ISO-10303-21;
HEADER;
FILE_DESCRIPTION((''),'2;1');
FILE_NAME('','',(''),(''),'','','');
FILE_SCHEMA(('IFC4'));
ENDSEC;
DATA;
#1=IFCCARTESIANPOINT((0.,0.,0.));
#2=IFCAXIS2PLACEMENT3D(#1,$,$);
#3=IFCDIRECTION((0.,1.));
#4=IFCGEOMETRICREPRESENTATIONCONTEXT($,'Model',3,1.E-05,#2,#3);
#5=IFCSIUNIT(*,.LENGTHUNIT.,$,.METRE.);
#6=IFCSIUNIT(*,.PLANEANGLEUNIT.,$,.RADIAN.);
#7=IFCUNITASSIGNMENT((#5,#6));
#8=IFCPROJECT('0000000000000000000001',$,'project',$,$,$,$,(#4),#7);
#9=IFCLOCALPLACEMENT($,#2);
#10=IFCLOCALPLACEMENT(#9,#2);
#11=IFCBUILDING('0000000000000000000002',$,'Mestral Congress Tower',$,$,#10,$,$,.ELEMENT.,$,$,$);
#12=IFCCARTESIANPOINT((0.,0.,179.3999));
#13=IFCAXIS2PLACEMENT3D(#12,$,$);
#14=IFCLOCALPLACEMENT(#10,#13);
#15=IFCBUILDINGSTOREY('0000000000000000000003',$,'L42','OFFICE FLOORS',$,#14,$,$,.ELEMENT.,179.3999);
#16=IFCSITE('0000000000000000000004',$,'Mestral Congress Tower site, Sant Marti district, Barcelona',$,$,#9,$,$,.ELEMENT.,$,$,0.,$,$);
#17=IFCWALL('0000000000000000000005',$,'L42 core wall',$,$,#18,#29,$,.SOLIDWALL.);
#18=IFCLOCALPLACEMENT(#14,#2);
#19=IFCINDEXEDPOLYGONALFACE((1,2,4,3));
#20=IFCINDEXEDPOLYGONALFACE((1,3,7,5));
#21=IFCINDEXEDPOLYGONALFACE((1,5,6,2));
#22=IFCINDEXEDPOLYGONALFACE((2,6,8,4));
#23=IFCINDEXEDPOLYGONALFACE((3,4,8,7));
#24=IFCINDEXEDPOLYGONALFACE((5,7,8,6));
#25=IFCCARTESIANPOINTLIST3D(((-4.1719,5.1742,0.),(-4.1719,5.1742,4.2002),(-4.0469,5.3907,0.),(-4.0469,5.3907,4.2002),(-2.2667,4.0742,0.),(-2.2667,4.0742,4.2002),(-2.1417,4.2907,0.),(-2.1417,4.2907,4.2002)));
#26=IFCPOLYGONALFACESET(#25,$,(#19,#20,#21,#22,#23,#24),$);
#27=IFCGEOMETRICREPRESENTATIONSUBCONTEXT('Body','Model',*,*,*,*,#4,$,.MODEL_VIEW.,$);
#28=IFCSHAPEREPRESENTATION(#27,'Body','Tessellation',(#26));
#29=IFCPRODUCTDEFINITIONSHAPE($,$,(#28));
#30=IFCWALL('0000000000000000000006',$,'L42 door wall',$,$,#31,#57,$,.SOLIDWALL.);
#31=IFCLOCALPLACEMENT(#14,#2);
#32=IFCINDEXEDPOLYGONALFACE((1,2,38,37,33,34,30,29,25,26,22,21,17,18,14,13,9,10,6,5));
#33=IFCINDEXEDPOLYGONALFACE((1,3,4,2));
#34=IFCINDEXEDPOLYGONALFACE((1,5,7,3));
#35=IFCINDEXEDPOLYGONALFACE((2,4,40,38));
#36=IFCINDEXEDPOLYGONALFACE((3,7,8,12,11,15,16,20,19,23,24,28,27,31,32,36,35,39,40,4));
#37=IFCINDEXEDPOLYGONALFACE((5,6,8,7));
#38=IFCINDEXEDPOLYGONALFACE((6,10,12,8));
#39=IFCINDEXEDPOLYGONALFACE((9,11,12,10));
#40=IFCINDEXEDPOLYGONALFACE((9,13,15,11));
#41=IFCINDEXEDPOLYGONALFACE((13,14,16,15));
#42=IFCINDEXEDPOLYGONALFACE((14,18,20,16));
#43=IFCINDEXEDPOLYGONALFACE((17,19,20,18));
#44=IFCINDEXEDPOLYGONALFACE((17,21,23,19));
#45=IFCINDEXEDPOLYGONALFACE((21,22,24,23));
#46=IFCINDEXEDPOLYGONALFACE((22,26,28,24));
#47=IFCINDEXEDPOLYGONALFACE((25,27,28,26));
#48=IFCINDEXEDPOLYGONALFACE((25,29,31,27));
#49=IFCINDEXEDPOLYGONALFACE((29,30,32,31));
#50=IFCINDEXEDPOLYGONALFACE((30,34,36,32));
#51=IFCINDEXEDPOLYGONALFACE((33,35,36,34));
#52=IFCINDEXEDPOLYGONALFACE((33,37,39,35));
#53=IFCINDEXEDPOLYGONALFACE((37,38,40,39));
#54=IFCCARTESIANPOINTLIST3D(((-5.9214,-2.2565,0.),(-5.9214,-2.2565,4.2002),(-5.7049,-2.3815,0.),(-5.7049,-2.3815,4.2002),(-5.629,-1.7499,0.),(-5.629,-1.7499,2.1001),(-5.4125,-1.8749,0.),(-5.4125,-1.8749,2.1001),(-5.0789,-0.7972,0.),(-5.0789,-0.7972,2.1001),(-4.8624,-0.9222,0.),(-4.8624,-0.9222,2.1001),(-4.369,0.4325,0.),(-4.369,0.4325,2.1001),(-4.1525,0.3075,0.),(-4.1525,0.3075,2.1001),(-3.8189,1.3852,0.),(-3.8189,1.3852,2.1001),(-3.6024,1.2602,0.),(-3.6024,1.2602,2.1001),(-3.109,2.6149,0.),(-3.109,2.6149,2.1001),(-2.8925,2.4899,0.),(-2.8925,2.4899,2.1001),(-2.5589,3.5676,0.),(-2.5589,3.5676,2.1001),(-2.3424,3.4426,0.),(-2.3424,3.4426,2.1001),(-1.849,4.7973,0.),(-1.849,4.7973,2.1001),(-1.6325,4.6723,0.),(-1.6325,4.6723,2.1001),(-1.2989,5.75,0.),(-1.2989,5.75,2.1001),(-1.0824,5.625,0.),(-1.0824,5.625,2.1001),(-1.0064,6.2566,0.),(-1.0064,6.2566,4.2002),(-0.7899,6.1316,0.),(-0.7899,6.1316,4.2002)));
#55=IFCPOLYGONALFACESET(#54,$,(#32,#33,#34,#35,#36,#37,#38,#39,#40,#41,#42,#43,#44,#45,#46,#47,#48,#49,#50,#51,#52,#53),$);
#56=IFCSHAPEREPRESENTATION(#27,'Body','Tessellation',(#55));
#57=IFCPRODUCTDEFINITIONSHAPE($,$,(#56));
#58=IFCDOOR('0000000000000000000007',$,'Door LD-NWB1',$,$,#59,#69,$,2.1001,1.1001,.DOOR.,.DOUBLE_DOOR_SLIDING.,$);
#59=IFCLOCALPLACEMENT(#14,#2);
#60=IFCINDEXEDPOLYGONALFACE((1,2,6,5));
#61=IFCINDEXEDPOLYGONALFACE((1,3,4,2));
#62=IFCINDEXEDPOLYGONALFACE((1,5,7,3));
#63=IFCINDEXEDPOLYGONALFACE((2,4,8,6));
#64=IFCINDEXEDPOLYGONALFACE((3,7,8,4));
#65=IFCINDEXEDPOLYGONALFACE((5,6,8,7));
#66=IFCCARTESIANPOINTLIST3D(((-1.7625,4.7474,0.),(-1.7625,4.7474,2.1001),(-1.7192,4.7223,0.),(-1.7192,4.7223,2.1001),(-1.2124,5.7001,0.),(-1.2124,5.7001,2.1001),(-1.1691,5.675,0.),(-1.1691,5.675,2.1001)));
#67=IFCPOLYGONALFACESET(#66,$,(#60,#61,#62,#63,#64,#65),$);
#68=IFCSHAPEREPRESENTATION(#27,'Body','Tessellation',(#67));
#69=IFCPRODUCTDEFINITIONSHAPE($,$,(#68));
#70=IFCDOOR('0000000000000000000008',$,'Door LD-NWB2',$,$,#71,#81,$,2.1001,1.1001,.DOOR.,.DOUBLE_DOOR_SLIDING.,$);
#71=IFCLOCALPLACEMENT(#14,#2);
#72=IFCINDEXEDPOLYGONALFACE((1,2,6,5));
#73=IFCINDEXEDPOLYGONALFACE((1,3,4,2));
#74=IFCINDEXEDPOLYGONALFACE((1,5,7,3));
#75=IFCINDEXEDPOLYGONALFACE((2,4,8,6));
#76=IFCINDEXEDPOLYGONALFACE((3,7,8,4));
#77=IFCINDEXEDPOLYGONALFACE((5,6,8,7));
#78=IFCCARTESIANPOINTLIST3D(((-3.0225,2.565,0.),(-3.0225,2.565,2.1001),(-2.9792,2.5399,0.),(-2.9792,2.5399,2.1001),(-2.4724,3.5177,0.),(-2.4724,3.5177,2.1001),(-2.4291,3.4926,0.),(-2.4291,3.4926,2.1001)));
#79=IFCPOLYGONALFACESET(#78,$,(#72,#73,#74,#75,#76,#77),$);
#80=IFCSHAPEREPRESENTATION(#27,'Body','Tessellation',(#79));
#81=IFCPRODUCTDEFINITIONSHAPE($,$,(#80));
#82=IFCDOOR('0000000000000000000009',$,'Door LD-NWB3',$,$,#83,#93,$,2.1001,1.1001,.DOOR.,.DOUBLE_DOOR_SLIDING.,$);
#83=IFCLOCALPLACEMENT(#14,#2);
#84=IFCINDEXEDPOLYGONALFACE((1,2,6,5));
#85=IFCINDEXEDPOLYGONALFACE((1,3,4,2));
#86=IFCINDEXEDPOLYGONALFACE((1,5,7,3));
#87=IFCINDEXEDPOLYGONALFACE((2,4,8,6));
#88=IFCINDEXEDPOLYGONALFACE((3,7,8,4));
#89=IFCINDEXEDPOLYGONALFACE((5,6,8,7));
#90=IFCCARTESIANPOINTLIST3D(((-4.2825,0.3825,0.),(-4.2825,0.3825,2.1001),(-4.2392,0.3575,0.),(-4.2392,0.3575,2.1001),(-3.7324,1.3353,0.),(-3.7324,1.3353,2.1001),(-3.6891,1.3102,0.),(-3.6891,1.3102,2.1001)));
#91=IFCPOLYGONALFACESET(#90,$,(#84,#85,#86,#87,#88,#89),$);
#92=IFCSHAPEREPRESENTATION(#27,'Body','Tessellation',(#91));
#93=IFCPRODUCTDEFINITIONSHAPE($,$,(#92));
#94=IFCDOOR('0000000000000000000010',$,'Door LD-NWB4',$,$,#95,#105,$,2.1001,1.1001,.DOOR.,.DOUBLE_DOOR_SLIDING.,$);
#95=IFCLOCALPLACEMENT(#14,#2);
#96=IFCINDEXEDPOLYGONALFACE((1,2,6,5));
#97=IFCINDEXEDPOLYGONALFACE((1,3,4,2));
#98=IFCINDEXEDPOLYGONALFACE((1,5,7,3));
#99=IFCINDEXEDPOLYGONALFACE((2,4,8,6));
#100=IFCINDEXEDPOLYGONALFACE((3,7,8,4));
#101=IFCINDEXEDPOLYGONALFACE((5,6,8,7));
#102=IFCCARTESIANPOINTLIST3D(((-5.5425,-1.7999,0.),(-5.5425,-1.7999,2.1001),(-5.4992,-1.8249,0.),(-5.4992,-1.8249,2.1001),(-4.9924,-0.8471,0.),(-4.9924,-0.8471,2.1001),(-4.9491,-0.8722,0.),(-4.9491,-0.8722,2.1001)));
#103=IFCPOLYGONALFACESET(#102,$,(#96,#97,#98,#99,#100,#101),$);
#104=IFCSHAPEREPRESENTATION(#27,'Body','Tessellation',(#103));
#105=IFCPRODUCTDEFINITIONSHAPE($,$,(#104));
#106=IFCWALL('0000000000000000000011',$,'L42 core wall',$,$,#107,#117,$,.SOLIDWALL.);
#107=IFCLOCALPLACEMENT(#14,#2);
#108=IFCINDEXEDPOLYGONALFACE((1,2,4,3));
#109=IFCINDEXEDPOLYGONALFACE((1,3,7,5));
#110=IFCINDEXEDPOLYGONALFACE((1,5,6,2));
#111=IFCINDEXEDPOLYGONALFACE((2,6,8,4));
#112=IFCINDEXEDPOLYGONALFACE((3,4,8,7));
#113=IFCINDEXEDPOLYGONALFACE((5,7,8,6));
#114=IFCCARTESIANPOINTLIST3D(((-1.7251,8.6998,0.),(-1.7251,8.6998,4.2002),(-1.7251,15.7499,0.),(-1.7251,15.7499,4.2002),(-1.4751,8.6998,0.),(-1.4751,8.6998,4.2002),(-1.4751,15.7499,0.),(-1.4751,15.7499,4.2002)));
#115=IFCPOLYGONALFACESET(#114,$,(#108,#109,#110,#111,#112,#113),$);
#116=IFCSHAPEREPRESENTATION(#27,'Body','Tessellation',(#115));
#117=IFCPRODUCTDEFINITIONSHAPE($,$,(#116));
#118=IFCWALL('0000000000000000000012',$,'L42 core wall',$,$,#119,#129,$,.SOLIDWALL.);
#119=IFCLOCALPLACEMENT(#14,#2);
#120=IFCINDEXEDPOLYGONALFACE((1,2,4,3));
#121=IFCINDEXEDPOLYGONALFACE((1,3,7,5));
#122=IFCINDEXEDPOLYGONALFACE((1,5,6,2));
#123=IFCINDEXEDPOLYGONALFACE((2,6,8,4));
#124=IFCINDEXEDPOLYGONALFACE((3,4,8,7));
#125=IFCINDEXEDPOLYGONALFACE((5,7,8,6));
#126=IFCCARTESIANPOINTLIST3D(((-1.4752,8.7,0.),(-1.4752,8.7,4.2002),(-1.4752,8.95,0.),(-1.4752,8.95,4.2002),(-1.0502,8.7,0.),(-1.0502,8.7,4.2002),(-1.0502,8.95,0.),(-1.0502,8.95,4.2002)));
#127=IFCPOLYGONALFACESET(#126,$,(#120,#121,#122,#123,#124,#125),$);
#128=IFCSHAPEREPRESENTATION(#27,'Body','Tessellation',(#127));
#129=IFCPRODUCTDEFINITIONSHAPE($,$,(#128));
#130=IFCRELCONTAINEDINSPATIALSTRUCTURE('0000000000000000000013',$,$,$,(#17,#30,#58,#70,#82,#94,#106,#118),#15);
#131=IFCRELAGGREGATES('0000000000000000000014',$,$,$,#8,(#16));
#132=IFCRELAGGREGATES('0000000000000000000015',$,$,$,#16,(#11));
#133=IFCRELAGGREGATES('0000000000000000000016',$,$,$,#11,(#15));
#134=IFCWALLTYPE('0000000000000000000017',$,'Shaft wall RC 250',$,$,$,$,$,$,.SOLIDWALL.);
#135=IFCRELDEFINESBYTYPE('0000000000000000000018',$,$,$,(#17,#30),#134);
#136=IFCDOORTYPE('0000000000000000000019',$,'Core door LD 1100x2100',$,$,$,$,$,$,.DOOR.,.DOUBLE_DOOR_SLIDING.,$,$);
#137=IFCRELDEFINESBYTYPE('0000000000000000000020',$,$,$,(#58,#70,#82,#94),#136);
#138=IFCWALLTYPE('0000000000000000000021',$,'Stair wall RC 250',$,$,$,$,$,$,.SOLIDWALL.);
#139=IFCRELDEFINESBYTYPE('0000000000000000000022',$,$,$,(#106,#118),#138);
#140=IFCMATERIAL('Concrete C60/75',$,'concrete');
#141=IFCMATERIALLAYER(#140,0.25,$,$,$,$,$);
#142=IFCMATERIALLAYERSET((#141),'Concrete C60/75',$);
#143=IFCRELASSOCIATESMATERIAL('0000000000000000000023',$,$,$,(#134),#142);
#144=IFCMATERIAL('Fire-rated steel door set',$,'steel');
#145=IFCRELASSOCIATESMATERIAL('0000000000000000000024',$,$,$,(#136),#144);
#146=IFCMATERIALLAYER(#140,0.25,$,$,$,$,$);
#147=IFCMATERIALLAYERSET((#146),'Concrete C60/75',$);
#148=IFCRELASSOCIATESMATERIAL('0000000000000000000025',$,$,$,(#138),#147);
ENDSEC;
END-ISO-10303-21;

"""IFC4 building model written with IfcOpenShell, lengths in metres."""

from ifc_helpers import new_model, si_unit, direction, frame, frame_2d, origin, place, context, subcontext, project, spatial, rectangle, extrude, material, layer, layer_set, type_object, element, fill, save


model = new_model("IFC4")

# Units and contexts
model_context = context("Model", 3, precision=1e-05, world=origin(), true_north=direction((0.0, 1.0)))
body_context = subcontext(model_context, "Body", "Model", "MODEL_VIEW")
ifc_project = project(units=[si_unit("LENGTHUNIT", "METRE"), si_unit("PLANEANGLEUNIT", "RADIAN")], contexts=[model_context])

# Site, building, storey
site_placement = place(None, origin())
site = spatial("IfcSite", under=ifc_project, at=site_placement, Name="Mestral Congress Tower site, Sant Marti district, Barcelona", CompositionType="ELEMENT", RefElevation=0.0)
building_placement = place(site_placement, origin())
building = spatial("IfcBuilding", under=site, at=building_placement, Name="Mestral Congress Tower", CompositionType="ELEMENT")
storey_placement = place(building_placement, frame((0.0, 0.0, 179.3999)))
storey = spatial("IfcBuildingStorey", under=building, at=storey_placement, Name="L42", Description="OFFICE FLOORS", CompositionType="ELEMENT", Elevation=179.3999)

# Shared definitions
ifc_material_1 = material(Name="Concrete C60/75", Category="concrete")

# Shared definitions
ifc_material_2 = material(Name="Fire-rated steel door set", Category="steel")

# Wall
ifc_layer_1 = layer(ifc_material_1, 0.25)
ifc_layer_set_1 = layer_set([ifc_layer_1], Name="Concrete C60/75")
wall_type_1 = type_object("IfcWallType", Name="Shaft wall RC 250", PredefinedType="SOLIDWALL", material=ifc_layer_set_1)
wall_1_placement = place(storey_placement, frame((-2.2041, 4.1824, 0.0), z_axis=(0.0, 0.0, 1.0), x_axis=(-0.866008, 0.50003, 0.0)))
element("IfcWall", 1, at=wall_1_placement, inside=storey, type_object=wall_type_1, Name="L42 core wall", PredefinedType="SOLIDWALL", context=body_context, shape_type="SweptSolid", body=[
    extrude(rectangle(XDim=2.2, YDim=0.25, at=frame_2d((1.1001, 0.0))), origin(), (0.0, 0.0, 1.0), 4.2002),
])

# Wall, openings, doors
wall_2_placement = place(storey_placement, frame((-0.8982, 6.1941, 0.0), z_axis=(0.0, 0.0, 1.0), x_axis=(-0.499996, -0.866028, 0.0)))
wall_2 = element("IfcWall", 2, at=wall_2_placement, inside=storey, type_object=wall_type_1, Name="L42 door wall", PredefinedType="SOLIDWALL", context=body_context, shape_type="SweptSolid", body=[
    extrude(rectangle(XDim=9.8301, YDim=0.25, at=frame_2d((4.915, 0.0))), origin(), (0.0, 0.0, 1.0), 4.2002),
])
opening_1_placement = place(wall_2_placement, frame((0.585, 0.0, 0.0)))
opening_1 = element("IfcOpeningElement", 3, at=opening_1_placement, cuts=wall_2, PredefinedType="OPENING", context=body_context, shape_type="SweptSolid", body=[
    extrude(rectangle(XDim=1.1001, YDim=2.1001, at=frame_2d((0.55, 1.05))), frame((0.0, 0.135, 0.0), z_axis=(0.0, -1.0, 0.0), x_axis=(1.0, 0.0, 0.0)), (0.0, 0.0, 1.0), 0.27),
])
opening_2_placement = place(wall_2_placement, frame((3.105, 0.0, 0.0)))
opening_2 = element("IfcOpeningElement", 4, at=opening_2_placement, cuts=wall_2, PredefinedType="OPENING", context=body_context, shape_type="SweptSolid", body=[
    extrude(rectangle(XDim=1.1001, YDim=2.1001, at=frame_2d((0.55, 1.05))), frame((0.0, 0.135, 0.0), z_axis=(0.0, -1.0, 0.0), x_axis=(1.0, 0.0, 0.0)), (0.0, 0.0, 1.0), 0.27),
])
opening_3_placement = place(wall_2_placement, frame((5.625, 0.0, 0.0)))
opening_3 = element("IfcOpeningElement", 5, at=opening_3_placement, cuts=wall_2, PredefinedType="OPENING", context=body_context, shape_type="SweptSolid", body=[
    extrude(rectangle(XDim=1.1001, YDim=2.1001, at=frame_2d((0.55, 1.05))), frame((0.0, 0.135, 0.0), z_axis=(0.0, -1.0, 0.0), x_axis=(1.0, 0.0, 0.0)), (0.0, 0.0, 1.0), 0.27),
])
opening_4_placement = place(wall_2_placement, frame((8.145, 0.0, 0.0)))
opening_4 = element("IfcOpeningElement", 6, at=opening_4_placement, cuts=wall_2, PredefinedType="OPENING", context=body_context, shape_type="SweptSolid", body=[
    extrude(rectangle(XDim=1.1001, YDim=2.1001, at=frame_2d((0.55, 1.05))), frame((0.0, 0.135, 0.0), z_axis=(0.0, -1.0, 0.0), x_axis=(1.0, 0.0, 0.0)), (0.0, 0.0, 1.0), 0.27),
])
door_type_1 = type_object("IfcDoorType", Name="Core door LD 1100x2100", OperationType="DOUBLE_DOOR_SLIDING", PredefinedType="DOOR", material=ifc_material_2)
door_1_placement = place(opening_1_placement, origin())
door_1 = element("IfcDoor", 7, at=door_1_placement, inside=storey, type_object=door_type_1, Name="Door LD-NWB1", OperationType="DOUBLE_DOOR_SLIDING", OverallHeight=2.1001, OverallWidth=1.1001, PredefinedType="DOOR", context=body_context, shape_type="SweptSolid", body=[
    extrude(rectangle(XDim=1.1001, YDim=2.1001, at=frame_2d((0.55, 1.05))), frame((0.0, 0.0249, 0.0), z_axis=(0.0, -1.0, 0.0), x_axis=(1.0, 0.0, 0.0)), (0.0, 0.0, 1.0), 0.05),
])
fill(opening_1, door_1)
door_2_placement = place(opening_2_placement, origin())
door_2 = element("IfcDoor", 8, at=door_2_placement, inside=storey, type_object=door_type_1, Name="Door LD-NWB2", OperationType="DOUBLE_DOOR_SLIDING", OverallHeight=2.1001, OverallWidth=1.1001, PredefinedType="DOOR", context=body_context, shape_type="SweptSolid", body=[
    extrude(rectangle(XDim=1.1001, YDim=2.1001, at=frame_2d((0.55, 1.05))), frame((0.0, 0.0249, 0.0), z_axis=(0.0, -1.0, 0.0), x_axis=(1.0, 0.0, 0.0)), (0.0, 0.0, 1.0), 0.05),
])
fill(opening_2, door_2)
door_3_placement = place(opening_3_placement, origin())
door_3 = element("IfcDoor", 9, at=door_3_placement, inside=storey, type_object=door_type_1, Name="Door LD-NWB3", OperationType="DOUBLE_DOOR_SLIDING", OverallHeight=2.1001, OverallWidth=1.1001, PredefinedType="DOOR", context=body_context, shape_type="SweptSolid", body=[
    extrude(rectangle(XDim=1.1001, YDim=2.1001, at=frame_2d((0.55, 1.05))), frame((0.0, 0.0249, 0.0), z_axis=(0.0, -1.0, 0.0), x_axis=(1.0, 0.0, 0.0)), (0.0, 0.0, 1.0), 0.05),
])
fill(opening_3, door_3)
door_4_placement = place(opening_4_placement, origin())
door_4 = element("IfcDoor", 10, at=door_4_placement, inside=storey, type_object=door_type_1, Name="Door LD-NWB4", OperationType="DOUBLE_DOOR_SLIDING", OverallHeight=2.1001, OverallWidth=1.1001, PredefinedType="DOOR", context=body_context, shape_type="SweptSolid", body=[
    extrude(rectangle(XDim=1.1001, YDim=2.1001, at=frame_2d((0.55, 1.05))), frame((0.0, 0.0249, 0.0), z_axis=(0.0, -1.0, 0.0), x_axis=(1.0, 0.0, 0.0)), (0.0, 0.0, 1.0), 0.05),
])
fill(opening_4, door_4)

# Walls
ifc_layer_2 = layer(ifc_material_1, 0.25)
ifc_layer_set_2 = layer_set([ifc_layer_2], Name="Concrete C60/75")
wall_type_2 = type_object("IfcWallType", Name="Stair wall RC 250", PredefinedType="SOLIDWALL", material=ifc_layer_set_2)
wall_3_placement = place(storey_placement, frame((-1.6001, 8.7, 0.0), z_axis=(0.0, 0.0, 1.0), x_axis=(0.0, 1.0, 0.0)))
element("IfcWall", 11, at=wall_3_placement, inside=storey, type_object=wall_type_2, Name="L42 core wall", PredefinedType="SOLIDWALL", context=body_context, shape_type="SweptSolid", body=[
    extrude(rectangle(XDim=7.05, YDim=0.25, at=frame_2d((3.5249, 0.0))), origin(), (0.0, 0.0, 1.0), 4.2002),
])
wall_4_placement = place(storey_placement, frame((-1.4751, 8.825, 0.0), z_axis=(0.0, 0.0, 1.0), x_axis=(1.0, 0.0, 0.0)))
element("IfcWall", 12, at=wall_4_placement, inside=storey, type_object=wall_type_2, Name="L42 core wall", PredefinedType="SOLIDWALL", context=body_context, shape_type="SweptSolid", body=[
    extrude(rectangle(XDim=0.425, YDim=0.25, at=frame_2d((0.2124, 0.0))), origin(), (0.0, 0.0, 1.0), 4.2002),
])

save(model, "model.ifc")
